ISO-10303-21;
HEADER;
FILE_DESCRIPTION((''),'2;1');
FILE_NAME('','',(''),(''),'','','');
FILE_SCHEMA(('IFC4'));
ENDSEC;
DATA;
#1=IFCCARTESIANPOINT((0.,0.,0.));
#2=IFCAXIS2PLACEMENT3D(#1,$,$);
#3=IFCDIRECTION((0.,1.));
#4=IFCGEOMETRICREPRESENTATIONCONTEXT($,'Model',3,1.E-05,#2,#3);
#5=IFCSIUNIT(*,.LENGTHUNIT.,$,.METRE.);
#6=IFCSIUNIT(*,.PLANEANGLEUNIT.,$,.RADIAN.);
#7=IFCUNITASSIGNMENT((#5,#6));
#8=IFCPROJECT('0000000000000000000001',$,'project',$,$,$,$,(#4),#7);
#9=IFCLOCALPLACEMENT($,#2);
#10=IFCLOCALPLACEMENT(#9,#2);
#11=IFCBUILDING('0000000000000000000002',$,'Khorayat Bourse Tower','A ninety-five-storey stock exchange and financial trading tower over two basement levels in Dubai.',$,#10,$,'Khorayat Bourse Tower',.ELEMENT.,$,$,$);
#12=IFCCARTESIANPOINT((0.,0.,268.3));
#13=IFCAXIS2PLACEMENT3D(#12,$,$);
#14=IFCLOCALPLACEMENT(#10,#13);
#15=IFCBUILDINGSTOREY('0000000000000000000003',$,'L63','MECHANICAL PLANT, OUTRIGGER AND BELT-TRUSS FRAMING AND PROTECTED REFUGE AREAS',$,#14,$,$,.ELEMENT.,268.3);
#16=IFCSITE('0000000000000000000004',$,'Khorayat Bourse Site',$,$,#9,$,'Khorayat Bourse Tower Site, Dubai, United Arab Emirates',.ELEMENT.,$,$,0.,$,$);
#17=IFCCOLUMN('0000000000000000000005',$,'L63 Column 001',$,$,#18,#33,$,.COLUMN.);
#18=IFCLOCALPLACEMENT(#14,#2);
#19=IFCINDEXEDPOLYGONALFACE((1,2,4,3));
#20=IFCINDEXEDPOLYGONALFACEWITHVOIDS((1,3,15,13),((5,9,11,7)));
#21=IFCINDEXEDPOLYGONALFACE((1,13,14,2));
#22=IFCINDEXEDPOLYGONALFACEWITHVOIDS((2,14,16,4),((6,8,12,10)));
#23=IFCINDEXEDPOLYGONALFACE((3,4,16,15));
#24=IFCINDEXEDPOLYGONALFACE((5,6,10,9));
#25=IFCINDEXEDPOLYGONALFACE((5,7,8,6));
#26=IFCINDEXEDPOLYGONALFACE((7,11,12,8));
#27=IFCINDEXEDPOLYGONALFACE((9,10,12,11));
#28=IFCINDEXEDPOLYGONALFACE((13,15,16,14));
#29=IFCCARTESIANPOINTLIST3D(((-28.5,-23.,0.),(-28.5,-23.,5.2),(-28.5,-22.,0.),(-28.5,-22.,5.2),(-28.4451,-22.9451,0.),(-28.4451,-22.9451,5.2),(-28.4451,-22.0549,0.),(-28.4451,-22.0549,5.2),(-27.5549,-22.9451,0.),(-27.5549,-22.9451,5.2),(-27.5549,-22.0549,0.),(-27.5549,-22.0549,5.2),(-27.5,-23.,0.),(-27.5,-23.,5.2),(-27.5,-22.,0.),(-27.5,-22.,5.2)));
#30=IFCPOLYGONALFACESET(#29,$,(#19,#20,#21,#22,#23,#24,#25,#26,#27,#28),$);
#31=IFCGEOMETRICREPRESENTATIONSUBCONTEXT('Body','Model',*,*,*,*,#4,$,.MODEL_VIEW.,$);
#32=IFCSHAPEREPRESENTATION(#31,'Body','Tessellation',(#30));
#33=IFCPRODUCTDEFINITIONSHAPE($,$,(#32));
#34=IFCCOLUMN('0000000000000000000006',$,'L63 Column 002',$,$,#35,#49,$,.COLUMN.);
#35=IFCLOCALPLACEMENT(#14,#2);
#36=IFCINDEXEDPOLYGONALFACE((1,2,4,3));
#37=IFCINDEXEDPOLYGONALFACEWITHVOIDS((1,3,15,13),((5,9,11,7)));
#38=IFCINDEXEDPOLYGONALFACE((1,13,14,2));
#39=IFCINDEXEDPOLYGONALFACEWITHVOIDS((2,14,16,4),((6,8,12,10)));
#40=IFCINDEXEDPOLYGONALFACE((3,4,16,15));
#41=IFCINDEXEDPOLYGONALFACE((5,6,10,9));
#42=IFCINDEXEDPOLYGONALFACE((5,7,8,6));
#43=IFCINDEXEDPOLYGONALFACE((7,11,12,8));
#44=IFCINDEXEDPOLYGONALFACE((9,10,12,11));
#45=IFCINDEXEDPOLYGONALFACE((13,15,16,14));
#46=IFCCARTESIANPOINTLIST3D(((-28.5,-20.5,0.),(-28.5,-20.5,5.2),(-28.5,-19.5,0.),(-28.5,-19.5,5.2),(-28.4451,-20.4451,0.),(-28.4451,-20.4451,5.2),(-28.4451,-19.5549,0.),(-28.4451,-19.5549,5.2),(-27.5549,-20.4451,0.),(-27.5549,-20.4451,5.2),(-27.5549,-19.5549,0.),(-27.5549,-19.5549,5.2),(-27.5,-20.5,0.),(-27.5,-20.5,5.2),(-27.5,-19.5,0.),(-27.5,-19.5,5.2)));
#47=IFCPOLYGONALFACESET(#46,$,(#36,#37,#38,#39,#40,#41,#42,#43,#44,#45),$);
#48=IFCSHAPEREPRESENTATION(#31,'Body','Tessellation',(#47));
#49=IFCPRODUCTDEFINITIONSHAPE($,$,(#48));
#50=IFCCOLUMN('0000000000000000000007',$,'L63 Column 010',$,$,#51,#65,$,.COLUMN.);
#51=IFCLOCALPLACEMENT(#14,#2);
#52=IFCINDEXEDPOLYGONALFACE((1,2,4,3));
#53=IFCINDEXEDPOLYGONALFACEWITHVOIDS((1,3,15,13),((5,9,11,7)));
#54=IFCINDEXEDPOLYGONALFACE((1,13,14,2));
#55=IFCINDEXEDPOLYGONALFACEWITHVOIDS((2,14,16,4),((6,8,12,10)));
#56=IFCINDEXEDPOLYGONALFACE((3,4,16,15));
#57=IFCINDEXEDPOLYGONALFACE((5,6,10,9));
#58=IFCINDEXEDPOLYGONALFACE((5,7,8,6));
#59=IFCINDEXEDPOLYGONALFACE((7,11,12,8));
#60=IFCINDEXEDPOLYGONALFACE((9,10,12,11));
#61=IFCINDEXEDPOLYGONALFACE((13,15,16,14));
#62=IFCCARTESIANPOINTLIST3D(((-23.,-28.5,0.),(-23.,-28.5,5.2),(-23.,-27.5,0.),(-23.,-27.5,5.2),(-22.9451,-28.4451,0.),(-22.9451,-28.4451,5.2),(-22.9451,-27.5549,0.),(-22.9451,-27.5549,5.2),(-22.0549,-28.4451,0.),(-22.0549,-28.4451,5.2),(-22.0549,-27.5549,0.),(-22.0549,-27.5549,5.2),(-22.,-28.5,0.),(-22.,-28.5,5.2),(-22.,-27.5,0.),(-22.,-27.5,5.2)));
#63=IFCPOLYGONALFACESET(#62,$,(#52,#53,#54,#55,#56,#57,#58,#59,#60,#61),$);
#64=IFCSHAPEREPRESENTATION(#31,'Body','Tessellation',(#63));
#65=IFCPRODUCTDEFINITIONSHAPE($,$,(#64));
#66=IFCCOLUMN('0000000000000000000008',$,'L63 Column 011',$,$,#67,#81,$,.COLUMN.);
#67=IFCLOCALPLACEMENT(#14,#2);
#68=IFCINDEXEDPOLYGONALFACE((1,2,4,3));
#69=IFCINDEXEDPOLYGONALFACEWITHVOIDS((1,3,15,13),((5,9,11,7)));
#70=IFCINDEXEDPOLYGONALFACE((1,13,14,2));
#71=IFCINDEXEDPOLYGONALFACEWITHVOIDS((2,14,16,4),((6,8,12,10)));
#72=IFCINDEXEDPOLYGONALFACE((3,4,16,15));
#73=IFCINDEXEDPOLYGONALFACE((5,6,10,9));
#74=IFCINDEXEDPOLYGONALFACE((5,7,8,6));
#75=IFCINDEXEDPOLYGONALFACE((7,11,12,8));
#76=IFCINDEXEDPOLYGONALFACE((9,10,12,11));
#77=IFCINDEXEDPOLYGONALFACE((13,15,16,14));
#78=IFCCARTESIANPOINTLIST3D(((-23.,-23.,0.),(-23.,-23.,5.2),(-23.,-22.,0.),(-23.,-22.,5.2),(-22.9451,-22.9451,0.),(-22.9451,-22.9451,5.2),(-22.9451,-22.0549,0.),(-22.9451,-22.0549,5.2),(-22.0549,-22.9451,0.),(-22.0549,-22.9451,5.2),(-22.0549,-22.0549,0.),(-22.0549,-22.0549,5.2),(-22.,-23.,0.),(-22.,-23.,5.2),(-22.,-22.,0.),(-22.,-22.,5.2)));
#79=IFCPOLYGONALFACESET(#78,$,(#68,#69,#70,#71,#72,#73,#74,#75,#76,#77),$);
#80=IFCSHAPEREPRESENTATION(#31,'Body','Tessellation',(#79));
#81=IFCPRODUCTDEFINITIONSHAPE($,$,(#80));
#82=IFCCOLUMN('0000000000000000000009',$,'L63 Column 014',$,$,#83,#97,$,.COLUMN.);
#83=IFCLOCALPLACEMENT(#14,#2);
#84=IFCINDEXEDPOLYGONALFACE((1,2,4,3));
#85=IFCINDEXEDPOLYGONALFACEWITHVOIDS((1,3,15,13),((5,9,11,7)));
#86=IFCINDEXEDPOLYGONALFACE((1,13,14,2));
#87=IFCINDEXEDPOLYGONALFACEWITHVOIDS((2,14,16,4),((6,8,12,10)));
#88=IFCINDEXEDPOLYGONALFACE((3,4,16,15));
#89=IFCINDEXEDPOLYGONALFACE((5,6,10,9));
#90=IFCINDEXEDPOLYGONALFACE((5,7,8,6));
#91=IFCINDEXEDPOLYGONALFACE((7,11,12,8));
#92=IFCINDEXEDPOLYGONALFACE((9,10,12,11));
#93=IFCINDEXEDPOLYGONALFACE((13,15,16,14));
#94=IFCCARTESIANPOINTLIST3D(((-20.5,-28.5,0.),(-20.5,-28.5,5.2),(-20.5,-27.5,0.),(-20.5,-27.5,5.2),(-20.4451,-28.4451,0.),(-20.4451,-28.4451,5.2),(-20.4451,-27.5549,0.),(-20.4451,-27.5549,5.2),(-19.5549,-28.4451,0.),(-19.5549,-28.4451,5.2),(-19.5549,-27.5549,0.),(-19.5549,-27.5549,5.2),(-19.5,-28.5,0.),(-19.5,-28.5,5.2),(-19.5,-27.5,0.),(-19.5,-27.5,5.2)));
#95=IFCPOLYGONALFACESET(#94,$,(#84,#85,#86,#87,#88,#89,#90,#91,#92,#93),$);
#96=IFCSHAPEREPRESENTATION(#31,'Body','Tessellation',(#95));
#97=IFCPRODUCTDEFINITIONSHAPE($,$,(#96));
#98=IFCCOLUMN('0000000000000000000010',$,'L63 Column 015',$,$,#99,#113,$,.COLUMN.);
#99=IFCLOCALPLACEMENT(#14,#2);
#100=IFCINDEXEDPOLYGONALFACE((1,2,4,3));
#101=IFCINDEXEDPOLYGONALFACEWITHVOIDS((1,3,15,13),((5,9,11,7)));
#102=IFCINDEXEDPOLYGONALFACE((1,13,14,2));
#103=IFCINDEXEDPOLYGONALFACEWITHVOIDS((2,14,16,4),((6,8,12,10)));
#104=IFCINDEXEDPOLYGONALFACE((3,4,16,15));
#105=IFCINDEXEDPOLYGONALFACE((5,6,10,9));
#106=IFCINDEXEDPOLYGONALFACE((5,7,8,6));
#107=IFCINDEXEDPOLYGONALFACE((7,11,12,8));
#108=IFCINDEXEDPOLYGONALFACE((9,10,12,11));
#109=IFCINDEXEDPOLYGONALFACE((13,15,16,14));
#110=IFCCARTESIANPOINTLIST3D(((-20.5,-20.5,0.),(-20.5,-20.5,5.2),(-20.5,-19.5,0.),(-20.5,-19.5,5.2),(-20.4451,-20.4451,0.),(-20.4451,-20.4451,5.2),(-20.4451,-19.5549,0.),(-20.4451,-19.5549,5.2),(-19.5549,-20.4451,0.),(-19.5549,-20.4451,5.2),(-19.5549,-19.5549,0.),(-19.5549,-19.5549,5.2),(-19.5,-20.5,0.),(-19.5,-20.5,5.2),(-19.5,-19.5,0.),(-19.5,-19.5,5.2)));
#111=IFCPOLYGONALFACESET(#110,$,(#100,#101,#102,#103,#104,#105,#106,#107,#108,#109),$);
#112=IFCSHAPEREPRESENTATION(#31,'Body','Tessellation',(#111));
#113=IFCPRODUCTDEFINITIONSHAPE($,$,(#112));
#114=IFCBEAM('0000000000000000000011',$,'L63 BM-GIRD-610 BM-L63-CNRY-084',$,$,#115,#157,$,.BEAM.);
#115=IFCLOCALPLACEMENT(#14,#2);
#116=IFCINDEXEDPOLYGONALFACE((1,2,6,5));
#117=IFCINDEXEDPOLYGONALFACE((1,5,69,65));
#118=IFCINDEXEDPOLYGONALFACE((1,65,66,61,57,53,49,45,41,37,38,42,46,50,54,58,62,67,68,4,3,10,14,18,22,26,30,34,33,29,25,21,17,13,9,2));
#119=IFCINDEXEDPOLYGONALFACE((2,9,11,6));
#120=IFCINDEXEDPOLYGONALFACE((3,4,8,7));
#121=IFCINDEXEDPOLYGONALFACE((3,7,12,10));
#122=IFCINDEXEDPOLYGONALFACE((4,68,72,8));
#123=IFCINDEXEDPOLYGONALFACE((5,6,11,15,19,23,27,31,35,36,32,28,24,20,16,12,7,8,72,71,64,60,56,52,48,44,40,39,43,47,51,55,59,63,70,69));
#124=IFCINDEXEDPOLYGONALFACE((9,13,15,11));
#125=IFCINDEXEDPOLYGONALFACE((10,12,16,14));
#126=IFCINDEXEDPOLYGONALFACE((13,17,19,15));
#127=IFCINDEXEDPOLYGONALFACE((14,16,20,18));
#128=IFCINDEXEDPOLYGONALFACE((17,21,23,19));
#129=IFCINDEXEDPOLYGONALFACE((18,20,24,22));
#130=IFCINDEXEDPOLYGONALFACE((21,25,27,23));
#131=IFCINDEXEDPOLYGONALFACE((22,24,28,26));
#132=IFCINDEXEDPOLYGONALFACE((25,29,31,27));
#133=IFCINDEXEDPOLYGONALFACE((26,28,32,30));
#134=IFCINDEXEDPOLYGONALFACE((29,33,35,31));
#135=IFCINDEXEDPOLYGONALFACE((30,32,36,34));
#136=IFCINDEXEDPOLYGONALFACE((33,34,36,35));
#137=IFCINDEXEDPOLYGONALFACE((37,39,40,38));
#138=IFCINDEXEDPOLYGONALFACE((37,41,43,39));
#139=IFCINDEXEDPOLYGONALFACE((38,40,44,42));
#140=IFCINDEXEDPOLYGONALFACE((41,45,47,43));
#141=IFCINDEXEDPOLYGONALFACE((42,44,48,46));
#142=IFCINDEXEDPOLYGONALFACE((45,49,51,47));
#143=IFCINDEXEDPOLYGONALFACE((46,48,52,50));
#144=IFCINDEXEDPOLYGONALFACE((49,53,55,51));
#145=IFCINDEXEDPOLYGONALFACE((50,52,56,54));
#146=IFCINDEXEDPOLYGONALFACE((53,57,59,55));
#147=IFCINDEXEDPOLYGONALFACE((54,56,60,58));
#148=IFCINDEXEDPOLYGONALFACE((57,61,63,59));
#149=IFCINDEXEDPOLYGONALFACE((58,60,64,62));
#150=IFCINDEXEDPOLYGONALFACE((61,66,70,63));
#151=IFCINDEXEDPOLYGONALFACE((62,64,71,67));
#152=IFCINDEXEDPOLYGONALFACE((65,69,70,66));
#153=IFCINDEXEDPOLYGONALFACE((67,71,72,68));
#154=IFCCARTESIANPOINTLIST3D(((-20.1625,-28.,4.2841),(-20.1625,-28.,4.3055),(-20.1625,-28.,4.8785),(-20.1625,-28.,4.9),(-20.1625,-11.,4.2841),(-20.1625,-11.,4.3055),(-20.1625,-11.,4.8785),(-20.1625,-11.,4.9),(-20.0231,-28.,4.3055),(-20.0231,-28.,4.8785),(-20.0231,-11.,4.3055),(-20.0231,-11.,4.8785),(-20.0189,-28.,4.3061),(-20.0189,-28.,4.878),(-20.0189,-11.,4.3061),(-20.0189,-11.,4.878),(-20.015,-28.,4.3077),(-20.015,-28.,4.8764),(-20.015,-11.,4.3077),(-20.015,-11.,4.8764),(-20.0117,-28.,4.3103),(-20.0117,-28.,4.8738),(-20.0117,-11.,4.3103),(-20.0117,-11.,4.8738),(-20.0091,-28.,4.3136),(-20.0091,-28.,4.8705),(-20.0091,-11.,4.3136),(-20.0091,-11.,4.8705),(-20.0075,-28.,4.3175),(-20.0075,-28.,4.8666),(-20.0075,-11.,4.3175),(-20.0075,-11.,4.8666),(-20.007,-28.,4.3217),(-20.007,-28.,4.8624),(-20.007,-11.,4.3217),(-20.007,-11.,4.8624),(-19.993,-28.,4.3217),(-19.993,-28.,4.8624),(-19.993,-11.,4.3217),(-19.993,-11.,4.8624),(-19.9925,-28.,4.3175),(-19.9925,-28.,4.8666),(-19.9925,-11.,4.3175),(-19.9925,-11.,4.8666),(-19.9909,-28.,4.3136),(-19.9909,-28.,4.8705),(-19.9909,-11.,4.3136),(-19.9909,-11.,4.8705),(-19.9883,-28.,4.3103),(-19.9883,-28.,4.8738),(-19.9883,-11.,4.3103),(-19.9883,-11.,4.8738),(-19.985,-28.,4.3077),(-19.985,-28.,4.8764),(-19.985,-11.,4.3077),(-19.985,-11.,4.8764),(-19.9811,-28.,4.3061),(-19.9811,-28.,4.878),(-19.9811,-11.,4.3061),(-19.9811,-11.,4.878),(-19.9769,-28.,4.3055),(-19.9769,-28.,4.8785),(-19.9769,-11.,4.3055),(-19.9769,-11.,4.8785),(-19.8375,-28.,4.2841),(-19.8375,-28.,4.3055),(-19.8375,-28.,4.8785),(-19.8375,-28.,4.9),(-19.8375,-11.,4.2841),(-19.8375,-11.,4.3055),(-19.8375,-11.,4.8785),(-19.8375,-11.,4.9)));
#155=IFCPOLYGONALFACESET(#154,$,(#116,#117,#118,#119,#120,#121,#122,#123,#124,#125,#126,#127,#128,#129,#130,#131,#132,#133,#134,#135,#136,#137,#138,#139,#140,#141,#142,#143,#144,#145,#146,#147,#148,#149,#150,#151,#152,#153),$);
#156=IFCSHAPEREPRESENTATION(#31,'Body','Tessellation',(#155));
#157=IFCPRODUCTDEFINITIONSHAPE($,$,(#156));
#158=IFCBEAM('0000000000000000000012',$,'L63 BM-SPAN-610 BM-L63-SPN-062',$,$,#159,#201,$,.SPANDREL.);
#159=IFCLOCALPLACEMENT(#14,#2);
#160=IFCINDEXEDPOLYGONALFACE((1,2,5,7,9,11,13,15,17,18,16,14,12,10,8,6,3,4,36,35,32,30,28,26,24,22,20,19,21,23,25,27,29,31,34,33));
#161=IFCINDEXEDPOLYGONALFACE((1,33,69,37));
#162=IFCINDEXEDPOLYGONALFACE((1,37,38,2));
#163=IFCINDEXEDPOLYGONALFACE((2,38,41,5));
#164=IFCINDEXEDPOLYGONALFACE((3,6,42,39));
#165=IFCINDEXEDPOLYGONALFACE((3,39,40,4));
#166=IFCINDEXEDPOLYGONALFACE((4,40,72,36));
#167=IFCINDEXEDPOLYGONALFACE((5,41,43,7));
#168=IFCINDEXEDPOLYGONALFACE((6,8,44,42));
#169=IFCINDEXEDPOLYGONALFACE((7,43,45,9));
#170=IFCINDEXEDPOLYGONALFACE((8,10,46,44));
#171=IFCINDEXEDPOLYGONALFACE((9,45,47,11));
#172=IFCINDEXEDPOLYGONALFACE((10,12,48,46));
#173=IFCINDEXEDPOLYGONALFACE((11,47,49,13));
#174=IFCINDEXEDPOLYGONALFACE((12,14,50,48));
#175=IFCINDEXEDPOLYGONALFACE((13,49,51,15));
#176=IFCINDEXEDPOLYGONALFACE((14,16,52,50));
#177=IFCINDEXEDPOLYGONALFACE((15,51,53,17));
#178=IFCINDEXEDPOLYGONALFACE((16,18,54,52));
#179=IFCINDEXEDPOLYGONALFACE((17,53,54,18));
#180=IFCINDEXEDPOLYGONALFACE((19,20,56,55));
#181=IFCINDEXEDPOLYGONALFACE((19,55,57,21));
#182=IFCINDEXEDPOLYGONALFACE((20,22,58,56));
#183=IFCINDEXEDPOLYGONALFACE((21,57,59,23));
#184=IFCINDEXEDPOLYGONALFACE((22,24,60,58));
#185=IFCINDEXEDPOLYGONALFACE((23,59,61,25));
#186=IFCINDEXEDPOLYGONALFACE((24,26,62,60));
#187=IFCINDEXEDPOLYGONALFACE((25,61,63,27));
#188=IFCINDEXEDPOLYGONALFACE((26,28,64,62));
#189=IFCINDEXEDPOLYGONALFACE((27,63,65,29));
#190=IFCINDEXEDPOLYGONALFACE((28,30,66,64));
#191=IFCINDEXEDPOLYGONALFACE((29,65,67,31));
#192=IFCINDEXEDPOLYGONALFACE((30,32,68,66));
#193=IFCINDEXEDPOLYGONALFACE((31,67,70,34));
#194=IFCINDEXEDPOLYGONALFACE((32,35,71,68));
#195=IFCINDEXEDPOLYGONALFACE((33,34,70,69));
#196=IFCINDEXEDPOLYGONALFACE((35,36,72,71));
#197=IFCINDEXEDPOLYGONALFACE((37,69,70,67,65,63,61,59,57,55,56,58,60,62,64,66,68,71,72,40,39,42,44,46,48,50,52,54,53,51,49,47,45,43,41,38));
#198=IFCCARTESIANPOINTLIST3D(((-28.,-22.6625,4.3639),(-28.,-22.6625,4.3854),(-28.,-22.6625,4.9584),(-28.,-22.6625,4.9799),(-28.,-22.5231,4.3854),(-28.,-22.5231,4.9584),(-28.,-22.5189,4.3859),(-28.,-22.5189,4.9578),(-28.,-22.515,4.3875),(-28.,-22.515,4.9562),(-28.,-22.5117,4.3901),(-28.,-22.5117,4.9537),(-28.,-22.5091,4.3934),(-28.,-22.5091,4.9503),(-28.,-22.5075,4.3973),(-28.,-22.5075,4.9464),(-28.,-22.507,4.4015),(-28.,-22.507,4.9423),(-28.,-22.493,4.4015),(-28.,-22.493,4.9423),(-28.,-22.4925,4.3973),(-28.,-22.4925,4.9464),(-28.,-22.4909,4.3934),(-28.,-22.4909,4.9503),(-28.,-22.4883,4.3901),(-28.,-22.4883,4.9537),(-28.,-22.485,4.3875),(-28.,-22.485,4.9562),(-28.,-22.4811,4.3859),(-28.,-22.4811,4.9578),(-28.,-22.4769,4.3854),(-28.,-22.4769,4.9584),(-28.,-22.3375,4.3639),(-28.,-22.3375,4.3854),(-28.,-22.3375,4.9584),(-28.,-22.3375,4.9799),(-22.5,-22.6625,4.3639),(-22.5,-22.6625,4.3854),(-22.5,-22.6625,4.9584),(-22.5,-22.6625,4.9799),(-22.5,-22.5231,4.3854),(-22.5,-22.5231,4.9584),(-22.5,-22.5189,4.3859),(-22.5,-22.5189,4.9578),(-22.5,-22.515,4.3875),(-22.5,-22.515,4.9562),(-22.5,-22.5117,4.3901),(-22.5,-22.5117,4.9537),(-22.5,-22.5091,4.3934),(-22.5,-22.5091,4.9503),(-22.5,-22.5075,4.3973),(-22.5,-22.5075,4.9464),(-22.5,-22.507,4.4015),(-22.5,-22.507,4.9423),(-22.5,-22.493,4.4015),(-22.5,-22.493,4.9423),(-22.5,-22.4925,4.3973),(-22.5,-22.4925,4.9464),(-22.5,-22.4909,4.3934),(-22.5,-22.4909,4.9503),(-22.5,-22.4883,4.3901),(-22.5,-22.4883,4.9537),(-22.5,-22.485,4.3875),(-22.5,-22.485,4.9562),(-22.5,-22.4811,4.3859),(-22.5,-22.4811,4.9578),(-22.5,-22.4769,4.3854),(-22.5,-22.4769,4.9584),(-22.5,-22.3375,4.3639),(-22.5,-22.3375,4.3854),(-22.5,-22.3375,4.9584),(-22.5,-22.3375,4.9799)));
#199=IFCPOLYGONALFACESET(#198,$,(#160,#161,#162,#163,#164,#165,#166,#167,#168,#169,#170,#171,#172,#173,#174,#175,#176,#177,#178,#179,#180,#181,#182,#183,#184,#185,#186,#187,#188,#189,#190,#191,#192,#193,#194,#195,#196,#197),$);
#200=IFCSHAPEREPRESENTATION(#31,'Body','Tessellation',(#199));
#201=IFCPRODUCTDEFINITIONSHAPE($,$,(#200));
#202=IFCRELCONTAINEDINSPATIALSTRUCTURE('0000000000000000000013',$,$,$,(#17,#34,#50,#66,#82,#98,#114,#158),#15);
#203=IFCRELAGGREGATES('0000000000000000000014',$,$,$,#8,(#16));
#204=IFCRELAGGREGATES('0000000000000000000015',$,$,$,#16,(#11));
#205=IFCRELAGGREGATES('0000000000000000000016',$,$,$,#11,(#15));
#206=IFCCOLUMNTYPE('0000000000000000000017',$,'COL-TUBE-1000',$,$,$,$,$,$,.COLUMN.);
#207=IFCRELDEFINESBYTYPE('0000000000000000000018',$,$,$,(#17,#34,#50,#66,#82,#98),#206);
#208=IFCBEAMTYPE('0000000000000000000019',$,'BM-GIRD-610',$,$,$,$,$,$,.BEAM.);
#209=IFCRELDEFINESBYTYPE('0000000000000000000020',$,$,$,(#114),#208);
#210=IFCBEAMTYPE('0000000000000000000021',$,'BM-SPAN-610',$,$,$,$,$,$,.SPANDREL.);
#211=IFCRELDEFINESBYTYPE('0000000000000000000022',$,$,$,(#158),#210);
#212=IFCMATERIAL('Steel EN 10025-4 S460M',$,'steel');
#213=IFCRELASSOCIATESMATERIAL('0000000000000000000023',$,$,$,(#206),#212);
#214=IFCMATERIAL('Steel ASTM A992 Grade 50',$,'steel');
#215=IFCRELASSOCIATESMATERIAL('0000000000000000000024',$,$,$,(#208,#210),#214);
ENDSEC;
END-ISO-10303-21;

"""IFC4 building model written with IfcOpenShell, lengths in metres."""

from ifc_helpers import new_model, si_unit, direction, frame, origin, origin_2d, place, context, subcontext, project, spatial, hollow_rectangle, i_section, extrude, source, transform, mapped, material, material_profile, profile_set, type_object, element, save


model = new_model("IFC4")

# Units and contexts
model_context = context("Model", 3, precision=1e-05, world=origin(), true_north=direction((0.0, 1.0)))
body_context = subcontext(model_context, "Body", "Model", "MODEL_VIEW")
ifc_project = project(units=[si_unit("LENGTHUNIT", "METRE"), si_unit("PLANEANGLEUNIT", "RADIAN")], contexts=[model_context])

# Site, building, storey
site_placement = place(None, origin())
site = spatial("IfcSite", under=ifc_project, at=site_placement, Name="Khorayat Bourse Site", LongName="Khorayat Bourse Tower Site, Dubai, United Arab Emirates", CompositionType="ELEMENT", RefElevation=0.0)
building_placement = place(site_placement, origin())
building = spatial("IfcBuilding", under=site, at=building_placement, Name="Khorayat Bourse Tower", Description="A ninety-five-storey stock exchange and financial trading tower over two basement levels in Dubai.", LongName="Khorayat Bourse Tower", CompositionType="ELEMENT")
storey_placement = place(building_placement, frame((0.0, 0.0, 268.3)))
storey = spatial("IfcBuildingStorey", under=building, at=storey_placement, Name="L63", Description="MECHANICAL PLANT, OUTRIGGER AND BELT-TRUSS FRAMING AND PROTECTED REFUGE AREAS", CompositionType="ELEMENT", Elevation=268.3)

# Columns
ifc_material_1 = material(Name="Steel EN 10025-4 S460M", Category="steel")
ifc_material_profile_1 = material_profile(ifc_material_1, hollow_rectangle(XDim=1.0, YDim=1.0, WallThickness=0.0549, at=origin_2d()), Name="BOX 1000x1000x55")
ifc_profile_set_1 = profile_set([ifc_material_profile_1], Name="Steel EN 10025-4 S460M")
column_type = type_object("IfcColumnType", Name="COL-TUBE-1000", PredefinedType="COLUMN", material=ifc_profile_set_1)
shared_shape_1 = source(origin(), body_context, "Body", "SweptSolid", [
    extrude(hollow_rectangle(XDim=1.0, YDim=1.0, WallThickness=0.0549, at=origin_2d()), origin(), (0.0, 0.0, 1.0), 5.2),
])
for number, where, z_axis, x_axis, name in (
    (1, (-28.0, -22.5, 0.0), (0.0, 0.0, 1.0), (1.0, 0.0, 0.0), "L63 Column 001"),
    (2, (-28.0, -20.0, 0.0), (0.0, 0.0, 1.0), (1.0, 0.0, 0.0), "L63 Column 002"),
    (3, (-22.5, -28.0, 0.0), (0.0, 0.0, 1.0), (1.0, 0.0, 0.0), "L63 Column 010"),
    (4, (-22.5, -22.5, 0.0), (0.0, 0.0, 1.0), (1.0, 0.0, 0.0), "L63 Column 011"),
    (5, (-20.0, -28.0, 0.0), (0.0, 0.0, 1.0), (1.0, 0.0, 0.0), "L63 Column 014"),
    (6, (-20.0, -20.0, 0.0), (0.0, 0.0, 1.0), (1.0, 0.0, 0.0), "L63 Column 015"),
):
    element("IfcColumn", number, at=place(storey_placement, frame(where, z_axis=z_axis, x_axis=x_axis)), inside=storey, type_object=column_type, Name=name, PredefinedType="COLUMN", context=body_context, shape_type="MappedRepresentation", body=[
        mapped(shared_shape_1, transform((0.0, 0.0, 0.0), scale=1.0)),
    ])

# Beams
ifc_material_2 = material(Name="Steel ASTM A992 Grade 50", Category="steel")
ifc_material_profile_2 = material_profile(ifc_material_2, i_section(OverallWidth=0.325, OverallDepth=0.616, WebThickness=0.0139, FlangeThickness=0.0215, FilletRadius=0.0161, at=origin_2d()), Name="W610X174")
ifc_profile_set_2 = profile_set([ifc_material_profile_2], Name="Steel ASTM A992 Grade 50")
beam_type_1 = type_object("IfcBeamType", Name="BM-GIRD-610", PredefinedType="BEAM", material=ifc_profile_set_2)
shared_shape_2 = source(origin(), body_context, "Body", "SweptSolid", [
    extrude(i_section(OverallWidth=0.325, OverallDepth=0.616, WebThickness=0.0139, FlangeThickness=0.0215, FilletRadius=0.0161, at=origin_2d()), origin(), (0.0, 0.0, 1.0), 17.0),
])
beam_1_placement = place(storey_placement, frame((-20.0, -28.0, 4.592), z_axis=(0.0, 1.0, 0.0), x_axis=(-1.0, 0.0, 0.0)))
element("IfcBeam", 7, at=beam_1_placement, inside=storey, type_object=beam_type_1, Name="L63 BM-GIRD-610 BM-L63-CNRY-084", PredefinedType="BEAM", context=body_context, shape_type="MappedRepresentation", body=[
    mapped(shared_shape_2, transform((0.0, 0.0, 0.0), scale=1.0)),
])
ifc_material_profile_3 = material_profile(ifc_material_2, i_section(OverallWidth=0.325, OverallDepth=0.616, WebThickness=0.0139, FlangeThickness=0.0215, FilletRadius=0.0161, at=origin_2d()), Name="W610X174")
ifc_profile_set_3 = profile_set([ifc_material_profile_3], Name="Steel ASTM A992 Grade 50")
beam_type_2 = type_object("IfcBeamType", Name="BM-SPAN-610", PredefinedType="SPANDREL", material=ifc_profile_set_3)
shared_shape_3 = source(origin(), body_context, "Body", "SweptSolid", [
    extrude(i_section(OverallWidth=0.325, OverallDepth=0.616, WebThickness=0.0139, FlangeThickness=0.0215, FilletRadius=0.0161, at=origin_2d()), origin(), (0.0, 0.0, 1.0), 5.5),
])
for number, where, z_axis, x_axis, name in (
    (8, (-28.0, -22.5, 4.6719), (1.0, 0.0, 0.0), (0.0, 1.0, 0.0), "L63 BM-SPAN-610 BM-L63-SPN-062"),
):
    element("IfcBeam", number, at=place(storey_placement, frame(where, z_axis=z_axis, x_axis=x_axis)), inside=storey, type_object=beam_type_2, Name=name, PredefinedType="SPANDREL", context=body_context, shape_type="MappedRepresentation", body=[
        mapped(shared_shape_3, transform((0.0, 0.0, 0.0), scale=1.0)),
    ])

save(model, "model.ifc")
